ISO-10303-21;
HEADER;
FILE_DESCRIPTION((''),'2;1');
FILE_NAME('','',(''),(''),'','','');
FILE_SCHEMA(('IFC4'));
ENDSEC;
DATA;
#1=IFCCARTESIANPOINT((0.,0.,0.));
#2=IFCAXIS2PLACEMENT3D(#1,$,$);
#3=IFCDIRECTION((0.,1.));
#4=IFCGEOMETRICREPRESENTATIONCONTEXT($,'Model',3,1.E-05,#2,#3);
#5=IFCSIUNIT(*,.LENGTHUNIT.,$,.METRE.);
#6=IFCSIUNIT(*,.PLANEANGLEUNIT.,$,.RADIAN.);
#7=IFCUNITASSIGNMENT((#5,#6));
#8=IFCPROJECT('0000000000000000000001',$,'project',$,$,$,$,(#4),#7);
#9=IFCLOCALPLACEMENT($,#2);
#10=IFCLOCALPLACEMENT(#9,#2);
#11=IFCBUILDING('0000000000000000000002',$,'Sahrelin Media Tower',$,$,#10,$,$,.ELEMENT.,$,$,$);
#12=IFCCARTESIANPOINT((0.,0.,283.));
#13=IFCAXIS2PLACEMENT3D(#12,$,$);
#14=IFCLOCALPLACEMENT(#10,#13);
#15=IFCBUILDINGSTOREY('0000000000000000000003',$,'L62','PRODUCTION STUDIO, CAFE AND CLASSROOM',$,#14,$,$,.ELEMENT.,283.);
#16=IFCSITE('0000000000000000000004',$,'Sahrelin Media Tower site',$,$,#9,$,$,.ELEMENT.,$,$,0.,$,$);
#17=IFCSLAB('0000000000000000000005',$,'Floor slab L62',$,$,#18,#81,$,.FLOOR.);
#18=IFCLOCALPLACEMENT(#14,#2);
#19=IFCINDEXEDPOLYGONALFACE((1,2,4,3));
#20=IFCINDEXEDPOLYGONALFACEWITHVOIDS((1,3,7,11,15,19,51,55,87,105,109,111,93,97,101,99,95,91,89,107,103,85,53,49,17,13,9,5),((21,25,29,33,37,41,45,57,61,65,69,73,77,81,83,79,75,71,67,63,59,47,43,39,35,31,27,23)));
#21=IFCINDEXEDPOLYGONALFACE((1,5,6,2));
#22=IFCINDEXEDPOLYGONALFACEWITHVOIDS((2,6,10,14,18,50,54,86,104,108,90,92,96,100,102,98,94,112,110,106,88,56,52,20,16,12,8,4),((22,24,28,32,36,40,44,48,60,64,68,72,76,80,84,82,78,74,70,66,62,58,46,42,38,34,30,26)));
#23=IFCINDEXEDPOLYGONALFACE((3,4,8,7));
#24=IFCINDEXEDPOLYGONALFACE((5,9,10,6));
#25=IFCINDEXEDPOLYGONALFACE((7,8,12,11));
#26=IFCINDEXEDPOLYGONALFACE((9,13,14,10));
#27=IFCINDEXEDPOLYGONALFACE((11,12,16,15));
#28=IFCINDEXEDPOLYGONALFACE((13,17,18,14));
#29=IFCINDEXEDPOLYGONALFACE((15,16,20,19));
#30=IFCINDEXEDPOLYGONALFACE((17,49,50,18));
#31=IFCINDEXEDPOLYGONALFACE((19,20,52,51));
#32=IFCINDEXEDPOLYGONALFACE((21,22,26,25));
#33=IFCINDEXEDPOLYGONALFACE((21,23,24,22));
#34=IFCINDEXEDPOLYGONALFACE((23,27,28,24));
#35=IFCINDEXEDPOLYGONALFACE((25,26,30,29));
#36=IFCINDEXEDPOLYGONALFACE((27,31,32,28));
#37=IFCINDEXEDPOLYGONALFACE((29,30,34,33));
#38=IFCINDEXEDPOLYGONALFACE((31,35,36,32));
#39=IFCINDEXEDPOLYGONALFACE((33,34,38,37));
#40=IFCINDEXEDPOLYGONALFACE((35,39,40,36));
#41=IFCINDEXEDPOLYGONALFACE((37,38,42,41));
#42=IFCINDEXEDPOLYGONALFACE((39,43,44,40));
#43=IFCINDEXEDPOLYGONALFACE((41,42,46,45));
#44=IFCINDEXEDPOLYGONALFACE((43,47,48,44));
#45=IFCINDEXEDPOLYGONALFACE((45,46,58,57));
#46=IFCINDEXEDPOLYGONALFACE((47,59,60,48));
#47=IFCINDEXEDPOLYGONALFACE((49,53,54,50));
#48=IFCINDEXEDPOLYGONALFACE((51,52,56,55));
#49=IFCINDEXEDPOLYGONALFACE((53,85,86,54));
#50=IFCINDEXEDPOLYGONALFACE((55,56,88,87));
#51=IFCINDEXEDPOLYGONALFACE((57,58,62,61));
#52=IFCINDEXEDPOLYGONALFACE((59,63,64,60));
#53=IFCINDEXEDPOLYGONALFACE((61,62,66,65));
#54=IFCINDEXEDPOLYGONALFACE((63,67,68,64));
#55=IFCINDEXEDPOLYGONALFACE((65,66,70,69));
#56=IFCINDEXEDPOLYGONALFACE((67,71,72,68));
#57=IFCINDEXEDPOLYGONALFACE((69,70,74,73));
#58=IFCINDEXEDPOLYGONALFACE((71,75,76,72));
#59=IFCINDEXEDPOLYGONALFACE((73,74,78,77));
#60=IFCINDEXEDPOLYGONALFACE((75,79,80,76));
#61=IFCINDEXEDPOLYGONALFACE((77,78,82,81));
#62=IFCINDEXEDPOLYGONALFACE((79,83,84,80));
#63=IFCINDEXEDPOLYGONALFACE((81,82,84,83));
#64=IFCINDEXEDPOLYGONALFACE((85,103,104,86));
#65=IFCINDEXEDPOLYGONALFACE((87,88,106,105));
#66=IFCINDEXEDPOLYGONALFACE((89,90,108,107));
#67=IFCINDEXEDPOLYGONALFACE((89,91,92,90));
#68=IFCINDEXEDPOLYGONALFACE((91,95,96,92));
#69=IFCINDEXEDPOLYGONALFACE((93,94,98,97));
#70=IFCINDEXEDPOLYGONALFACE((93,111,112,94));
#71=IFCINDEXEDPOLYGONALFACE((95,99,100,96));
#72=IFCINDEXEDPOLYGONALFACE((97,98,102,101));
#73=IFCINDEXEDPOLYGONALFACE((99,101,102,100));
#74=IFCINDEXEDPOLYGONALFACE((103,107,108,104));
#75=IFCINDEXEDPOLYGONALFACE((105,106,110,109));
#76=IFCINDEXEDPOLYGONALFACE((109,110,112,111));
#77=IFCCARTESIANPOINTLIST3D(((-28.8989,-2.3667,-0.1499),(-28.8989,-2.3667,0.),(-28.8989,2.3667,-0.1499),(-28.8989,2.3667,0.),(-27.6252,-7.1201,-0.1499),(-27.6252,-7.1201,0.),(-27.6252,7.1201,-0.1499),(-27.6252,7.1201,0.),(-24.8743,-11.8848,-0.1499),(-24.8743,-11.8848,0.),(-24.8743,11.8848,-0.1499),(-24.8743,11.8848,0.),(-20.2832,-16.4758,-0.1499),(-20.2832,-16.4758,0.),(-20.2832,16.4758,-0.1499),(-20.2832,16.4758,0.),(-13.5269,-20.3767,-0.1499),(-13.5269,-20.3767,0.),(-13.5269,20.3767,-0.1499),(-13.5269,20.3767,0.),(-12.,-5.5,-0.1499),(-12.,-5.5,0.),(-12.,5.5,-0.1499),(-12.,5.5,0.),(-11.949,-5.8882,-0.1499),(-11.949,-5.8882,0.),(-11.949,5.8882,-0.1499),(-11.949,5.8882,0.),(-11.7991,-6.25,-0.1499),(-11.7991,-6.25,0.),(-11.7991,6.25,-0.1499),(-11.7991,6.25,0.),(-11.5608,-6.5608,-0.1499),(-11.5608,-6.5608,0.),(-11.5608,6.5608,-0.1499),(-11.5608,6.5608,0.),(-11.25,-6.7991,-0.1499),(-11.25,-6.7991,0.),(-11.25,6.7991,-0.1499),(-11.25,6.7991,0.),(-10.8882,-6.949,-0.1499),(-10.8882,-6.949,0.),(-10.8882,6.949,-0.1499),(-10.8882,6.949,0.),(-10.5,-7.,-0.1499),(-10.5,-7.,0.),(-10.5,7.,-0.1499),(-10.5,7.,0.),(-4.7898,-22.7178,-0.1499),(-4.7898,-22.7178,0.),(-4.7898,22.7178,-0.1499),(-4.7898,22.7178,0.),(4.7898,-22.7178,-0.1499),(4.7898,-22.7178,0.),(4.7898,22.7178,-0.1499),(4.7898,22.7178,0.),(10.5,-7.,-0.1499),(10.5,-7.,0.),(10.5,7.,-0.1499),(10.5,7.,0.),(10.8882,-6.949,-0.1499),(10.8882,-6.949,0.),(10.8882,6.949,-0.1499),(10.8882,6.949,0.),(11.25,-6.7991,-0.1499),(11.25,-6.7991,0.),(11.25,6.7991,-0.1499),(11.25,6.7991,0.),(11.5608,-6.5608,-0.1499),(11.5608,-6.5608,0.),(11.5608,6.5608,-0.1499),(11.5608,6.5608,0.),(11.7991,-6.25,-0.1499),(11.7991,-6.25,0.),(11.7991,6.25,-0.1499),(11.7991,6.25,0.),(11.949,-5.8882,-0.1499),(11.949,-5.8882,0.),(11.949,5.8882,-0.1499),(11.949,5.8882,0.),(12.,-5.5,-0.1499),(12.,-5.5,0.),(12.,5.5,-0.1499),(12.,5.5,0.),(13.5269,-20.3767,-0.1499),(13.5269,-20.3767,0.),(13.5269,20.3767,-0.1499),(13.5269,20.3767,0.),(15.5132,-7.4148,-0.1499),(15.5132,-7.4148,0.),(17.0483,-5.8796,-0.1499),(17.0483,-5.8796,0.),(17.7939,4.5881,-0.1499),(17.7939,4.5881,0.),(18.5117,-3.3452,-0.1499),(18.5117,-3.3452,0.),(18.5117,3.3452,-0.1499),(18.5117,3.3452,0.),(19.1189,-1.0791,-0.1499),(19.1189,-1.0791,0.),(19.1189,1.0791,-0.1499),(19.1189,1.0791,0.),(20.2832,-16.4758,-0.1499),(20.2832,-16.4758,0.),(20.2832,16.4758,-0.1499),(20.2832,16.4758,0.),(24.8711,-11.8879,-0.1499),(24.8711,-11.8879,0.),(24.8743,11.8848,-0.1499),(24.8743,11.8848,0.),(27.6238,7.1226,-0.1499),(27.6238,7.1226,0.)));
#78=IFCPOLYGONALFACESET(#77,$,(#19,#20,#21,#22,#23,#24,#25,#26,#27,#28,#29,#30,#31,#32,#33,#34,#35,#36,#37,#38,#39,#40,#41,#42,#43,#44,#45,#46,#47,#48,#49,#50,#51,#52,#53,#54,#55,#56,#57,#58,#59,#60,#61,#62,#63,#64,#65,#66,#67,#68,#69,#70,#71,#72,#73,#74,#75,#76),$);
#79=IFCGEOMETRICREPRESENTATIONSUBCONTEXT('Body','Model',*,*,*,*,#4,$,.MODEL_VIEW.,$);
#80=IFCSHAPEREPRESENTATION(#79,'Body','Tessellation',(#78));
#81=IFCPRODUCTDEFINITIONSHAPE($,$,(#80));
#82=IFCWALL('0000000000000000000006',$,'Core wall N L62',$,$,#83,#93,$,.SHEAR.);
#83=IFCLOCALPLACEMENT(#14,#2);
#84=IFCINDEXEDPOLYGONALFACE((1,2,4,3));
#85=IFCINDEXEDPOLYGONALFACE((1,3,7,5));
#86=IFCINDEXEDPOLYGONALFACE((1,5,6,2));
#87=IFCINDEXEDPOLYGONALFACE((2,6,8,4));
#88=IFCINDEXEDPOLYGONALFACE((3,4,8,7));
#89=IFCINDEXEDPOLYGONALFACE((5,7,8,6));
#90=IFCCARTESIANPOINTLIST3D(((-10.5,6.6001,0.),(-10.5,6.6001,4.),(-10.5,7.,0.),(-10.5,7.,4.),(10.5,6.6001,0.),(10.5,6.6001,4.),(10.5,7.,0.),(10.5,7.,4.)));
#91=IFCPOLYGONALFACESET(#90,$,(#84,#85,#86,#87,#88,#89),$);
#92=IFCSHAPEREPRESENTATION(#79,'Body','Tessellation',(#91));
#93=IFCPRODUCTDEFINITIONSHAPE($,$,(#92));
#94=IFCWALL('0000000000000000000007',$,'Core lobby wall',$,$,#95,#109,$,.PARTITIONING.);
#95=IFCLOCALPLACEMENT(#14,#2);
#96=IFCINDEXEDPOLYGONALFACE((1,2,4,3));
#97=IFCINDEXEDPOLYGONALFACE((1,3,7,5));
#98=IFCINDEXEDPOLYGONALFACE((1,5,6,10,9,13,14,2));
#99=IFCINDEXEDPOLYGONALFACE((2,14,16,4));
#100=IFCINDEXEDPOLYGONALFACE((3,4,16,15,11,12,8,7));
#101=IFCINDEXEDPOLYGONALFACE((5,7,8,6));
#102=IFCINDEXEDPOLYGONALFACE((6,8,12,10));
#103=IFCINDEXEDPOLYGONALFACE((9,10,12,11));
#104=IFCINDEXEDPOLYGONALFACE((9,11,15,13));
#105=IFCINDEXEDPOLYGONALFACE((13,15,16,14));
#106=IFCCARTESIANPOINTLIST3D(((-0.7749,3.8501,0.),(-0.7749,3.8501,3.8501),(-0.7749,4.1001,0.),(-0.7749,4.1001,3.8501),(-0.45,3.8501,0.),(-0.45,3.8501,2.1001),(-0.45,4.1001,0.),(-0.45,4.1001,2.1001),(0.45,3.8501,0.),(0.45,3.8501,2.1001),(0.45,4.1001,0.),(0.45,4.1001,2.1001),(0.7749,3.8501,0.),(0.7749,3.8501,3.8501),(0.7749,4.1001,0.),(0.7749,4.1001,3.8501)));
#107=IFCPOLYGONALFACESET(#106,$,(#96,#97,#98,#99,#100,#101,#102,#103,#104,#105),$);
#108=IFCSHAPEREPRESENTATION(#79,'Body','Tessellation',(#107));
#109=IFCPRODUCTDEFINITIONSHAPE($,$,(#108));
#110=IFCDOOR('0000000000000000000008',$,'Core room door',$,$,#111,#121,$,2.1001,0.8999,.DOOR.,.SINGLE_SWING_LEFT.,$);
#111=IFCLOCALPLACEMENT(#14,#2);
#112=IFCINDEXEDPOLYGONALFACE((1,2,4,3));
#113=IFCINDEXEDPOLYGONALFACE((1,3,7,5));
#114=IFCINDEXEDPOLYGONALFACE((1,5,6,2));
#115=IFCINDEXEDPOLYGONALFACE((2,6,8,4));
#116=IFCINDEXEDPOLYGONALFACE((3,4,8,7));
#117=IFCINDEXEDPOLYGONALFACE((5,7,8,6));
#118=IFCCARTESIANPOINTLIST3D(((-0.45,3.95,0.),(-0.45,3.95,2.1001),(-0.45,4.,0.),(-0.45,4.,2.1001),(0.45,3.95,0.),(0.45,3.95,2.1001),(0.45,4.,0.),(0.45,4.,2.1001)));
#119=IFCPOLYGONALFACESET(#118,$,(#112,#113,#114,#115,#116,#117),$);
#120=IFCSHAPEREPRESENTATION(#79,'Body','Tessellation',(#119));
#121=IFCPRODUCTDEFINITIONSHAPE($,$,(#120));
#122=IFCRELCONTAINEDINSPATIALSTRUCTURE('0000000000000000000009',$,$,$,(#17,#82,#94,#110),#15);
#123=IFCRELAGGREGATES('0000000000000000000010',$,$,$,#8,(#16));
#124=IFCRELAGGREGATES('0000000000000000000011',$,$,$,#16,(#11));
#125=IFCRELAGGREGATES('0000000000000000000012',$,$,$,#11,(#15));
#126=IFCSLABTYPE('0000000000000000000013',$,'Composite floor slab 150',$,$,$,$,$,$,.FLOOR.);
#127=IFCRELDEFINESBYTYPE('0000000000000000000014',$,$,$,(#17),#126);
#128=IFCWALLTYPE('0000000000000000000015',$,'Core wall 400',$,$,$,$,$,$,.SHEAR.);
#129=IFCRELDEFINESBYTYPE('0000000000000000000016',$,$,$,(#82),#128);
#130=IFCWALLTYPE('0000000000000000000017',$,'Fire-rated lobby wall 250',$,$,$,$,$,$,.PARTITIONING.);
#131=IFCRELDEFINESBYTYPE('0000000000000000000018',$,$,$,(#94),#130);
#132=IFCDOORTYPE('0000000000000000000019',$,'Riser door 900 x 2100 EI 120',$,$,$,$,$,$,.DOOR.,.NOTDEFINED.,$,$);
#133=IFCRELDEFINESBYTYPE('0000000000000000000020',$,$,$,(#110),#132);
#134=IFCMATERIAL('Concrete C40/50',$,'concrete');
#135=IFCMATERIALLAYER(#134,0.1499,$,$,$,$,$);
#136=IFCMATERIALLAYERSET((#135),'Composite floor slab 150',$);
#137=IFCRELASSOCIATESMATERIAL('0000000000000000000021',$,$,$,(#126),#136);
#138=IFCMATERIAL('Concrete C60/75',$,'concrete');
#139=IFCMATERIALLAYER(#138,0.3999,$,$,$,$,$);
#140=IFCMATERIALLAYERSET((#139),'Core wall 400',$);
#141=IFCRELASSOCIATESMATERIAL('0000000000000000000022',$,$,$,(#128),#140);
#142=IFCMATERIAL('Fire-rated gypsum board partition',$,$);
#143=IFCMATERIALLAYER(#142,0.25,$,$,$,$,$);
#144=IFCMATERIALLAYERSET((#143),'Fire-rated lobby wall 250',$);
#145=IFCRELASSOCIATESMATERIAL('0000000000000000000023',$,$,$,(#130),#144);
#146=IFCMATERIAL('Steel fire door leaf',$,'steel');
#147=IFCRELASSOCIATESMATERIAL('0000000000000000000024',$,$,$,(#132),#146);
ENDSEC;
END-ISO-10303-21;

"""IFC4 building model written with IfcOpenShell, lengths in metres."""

from ifc_helpers import new_model, si_unit, direction, frame, frame_2d, origin, place, context, subcontext, project, spatial, polyline, rectangle, outline, extrude, material, layer, layer_set, type_object, element, fill, save


model = new_model("IFC4")

# Units and contexts
model_context = context("Model", 3, precision=1e-05, world=origin(), true_north=direction((0.0, 1.0)))
body_context = subcontext(model_context, "Body", "Model", "MODEL_VIEW")
ifc_project = project(units=[si_unit("LENGTHUNIT", "METRE"), si_unit("PLANEANGLEUNIT", "RADIAN")], contexts=[model_context])

# Site, building, storey
site_placement = place(None, origin())
site = spatial("IfcSite", under=ifc_project, at=site_placement, Name="Sahrelin Media Tower site", CompositionType="ELEMENT", RefElevation=0.0)
building_placement = place(site_placement, origin())
building = spatial("IfcBuilding", under=site, at=building_placement, Name="Sahrelin Media Tower", CompositionType="ELEMENT")
storey_placement = place(building_placement, frame((0.0, 0.0, 283.0)))
storey = spatial("IfcBuildingStorey", under=building, at=storey_placement, Name="L62", Description="PRODUCTION STUDIO, CAFE AND CLASSROOM", CompositionType="ELEMENT", Elevation=283.0)

# Slab
ifc_material_1 = material(Name="Concrete C40/50", Category="concrete")
ifc_layer_1 = layer(ifc_material_1, 0.1499)
ifc_layer_set_1 = layer_set([ifc_layer_1], Name="Composite floor slab 150")
slab_type = type_object("IfcSlabType", Name="Composite floor slab 150", PredefinedType="FLOOR", material=ifc_layer_set_1)
slab_placement = place(storey_placement, frame((0.0, 0.0, -0.1499)))
element("IfcSlab", 1, at=slab_placement, inside=storey, type_object=slab_type, Name="Floor slab L62", PredefinedType="FLOOR", context=body_context, shape_type="SweptSolid", body=[
    extrude(outline(polyline([(20.2832, -16.4758), (24.8711, -11.8879), (15.5132, -7.4148), (17.0483, -5.8796), (18.5117, -3.3452), (19.1189, -1.0791), (19.1189, 1.0791), (18.5117, 3.3452), (17.7939, 4.5881), (27.6238, 7.1226), (24.8743, 11.8848), (20.2832, 16.4758), (13.5269, 20.3767), (4.7898, 22.7178), (-4.7898, 22.7178), (-13.5269, 20.3767), (-20.2832, 16.4758), (-24.8743, 11.8848), (-27.6252, 7.1201), (-28.8989, 2.3667), (-28.8989, -2.3667), (-27.6252, -7.1201), (-24.8743, -11.8848), (-20.2832, -16.4758), (-13.5269, -20.3767), (-4.7898, -22.7178), (4.7898, -22.7178), (13.5269, -20.3767), (20.2832, -16.4758)]), holes=[polyline([(11.7991, 6.25), (11.949, 5.8882), (12.0, 5.5), (12.0, -5.5), (11.949, -5.8882), (11.7991, -6.25), (11.5608, -6.5608), (11.25, -6.7991), (10.8882, -6.949), (10.5, -7.0), (-10.5, -7.0), (-10.8882, -6.949), (-11.25, -6.7991), (-11.5608, -6.5608), (-11.7991, -6.25), (-11.949, -5.8882), (-12.0, -5.5), (-12.0, 5.5), (-11.949, 5.8882), (-11.7991, 6.25), (-11.5608, 6.5608), (-11.25, 6.7991), (-10.8882, 6.949), (-10.5, 7.0), (10.5, 7.0), (10.8882, 6.949), (11.25, 6.7991), (11.5608, 6.5608), (11.7991, 6.25)])]), origin(), (0.0, 0.0, 1.0), 0.1499),
])

# Wall
ifc_material_2 = material(Name="Concrete C60/75", Category="concrete")
ifc_layer_2 = layer(ifc_material_2, 0.3999)
ifc_layer_set_2 = layer_set([ifc_layer_2], Name="Core wall 400")
wall_type_1 = type_object("IfcWallType", Name="Core wall 400", PredefinedType="SHEAR", material=ifc_layer_set_2)
wall_1_placement = place(storey_placement, frame((-10.5, 6.8, 0.0), z_axis=(0.0, 0.0, 1.0), x_axis=(1.0, 0.0, 0.0)))
element("IfcWall", 2, at=wall_1_placement, inside=storey, type_object=wall_type_1, Name="Core wall N L62", PredefinedType="SHEAR", context=body_context, shape_type="SweptSolid", body=[
    extrude(rectangle(XDim=21.0, YDim=0.3999, at=frame_2d((10.5, 0.0))), origin(), (0.0, 0.0, 1.0), 4.0),
])

# Wall, opening, door
ifc_material_3 = material(Name="Fire-rated gypsum board partition")
ifc_layer_3 = layer(ifc_material_3, 0.25)
ifc_layer_set_3 = layer_set([ifc_layer_3], Name="Fire-rated lobby wall 250")
wall_type_2 = type_object("IfcWallType", Name="Fire-rated lobby wall 250", PredefinedType="PARTITIONING", material=ifc_layer_set_3)
wall_2_placement = place(storey_placement, frame((-0.7749, 3.9751, 0.0), z_axis=(0.0, 0.0, 1.0), x_axis=(1.0, 0.0, 0.0)))
wall_2 = element("IfcWall", 3, at=wall_2_placement, inside=storey, type_object=wall_type_2, Name="Core lobby wall", PredefinedType="PARTITIONING", context=body_context, shape_type="SweptSolid", body=[
    extrude(rectangle(XDim=1.5498, YDim=0.25, at=frame_2d((0.7749, 0.0))), origin(), (0.0, 0.0, 1.0), 3.8501),
])
opening_1_placement = place(wall_2_placement, frame((0.325, 0.0, 0.0)))
opening_1 = element("IfcOpeningElement", 4, at=opening_1_placement, cuts=wall_2, PredefinedType="OPENING", context=body_context, shape_type="SweptSolid", body=[
    extrude(rectangle(XDim=0.8999, YDim=2.1001, at=frame_2d((0.45, 1.05))), frame((0.0, 0.125, 0.0), z_axis=(0.0, -1.0, 0.0), x_axis=(1.0, 0.0, 0.0)), (0.0, 0.0, 1.0), 0.25),
])
ifc_material_4 = material(Name="Steel fire door leaf", Category="steel")
door_type_1 = type_object("IfcDoorType", Name="Riser door 900 x 2100 EI 120", OperationType="NOTDEFINED", PredefinedType="DOOR", material=ifc_material_4)
door_1_placement = place(opening_1_placement, origin())
door_1 = element("IfcDoor", 5, at=door_1_placement, inside=storey, type_object=door_type_1, Name="Core room door", OperationType="SINGLE_SWING_LEFT", OverallHeight=2.1001, OverallWidth=0.8999, PredefinedType="DOOR", context=body_context, shape_type="SweptSolid", body=[
    extrude(rectangle(XDim=0.8999, YDim=2.1001, at=frame_2d((0.45, 1.05))), frame((0.0, 0.0249, 0.0), z_axis=(0.0, -1.0, 0.0), x_axis=(1.0, 0.0, 0.0)), (0.0, 0.0, 1.0), 0.05),
])
fill(opening_1, door_1)

save(model, "model.ifc")
